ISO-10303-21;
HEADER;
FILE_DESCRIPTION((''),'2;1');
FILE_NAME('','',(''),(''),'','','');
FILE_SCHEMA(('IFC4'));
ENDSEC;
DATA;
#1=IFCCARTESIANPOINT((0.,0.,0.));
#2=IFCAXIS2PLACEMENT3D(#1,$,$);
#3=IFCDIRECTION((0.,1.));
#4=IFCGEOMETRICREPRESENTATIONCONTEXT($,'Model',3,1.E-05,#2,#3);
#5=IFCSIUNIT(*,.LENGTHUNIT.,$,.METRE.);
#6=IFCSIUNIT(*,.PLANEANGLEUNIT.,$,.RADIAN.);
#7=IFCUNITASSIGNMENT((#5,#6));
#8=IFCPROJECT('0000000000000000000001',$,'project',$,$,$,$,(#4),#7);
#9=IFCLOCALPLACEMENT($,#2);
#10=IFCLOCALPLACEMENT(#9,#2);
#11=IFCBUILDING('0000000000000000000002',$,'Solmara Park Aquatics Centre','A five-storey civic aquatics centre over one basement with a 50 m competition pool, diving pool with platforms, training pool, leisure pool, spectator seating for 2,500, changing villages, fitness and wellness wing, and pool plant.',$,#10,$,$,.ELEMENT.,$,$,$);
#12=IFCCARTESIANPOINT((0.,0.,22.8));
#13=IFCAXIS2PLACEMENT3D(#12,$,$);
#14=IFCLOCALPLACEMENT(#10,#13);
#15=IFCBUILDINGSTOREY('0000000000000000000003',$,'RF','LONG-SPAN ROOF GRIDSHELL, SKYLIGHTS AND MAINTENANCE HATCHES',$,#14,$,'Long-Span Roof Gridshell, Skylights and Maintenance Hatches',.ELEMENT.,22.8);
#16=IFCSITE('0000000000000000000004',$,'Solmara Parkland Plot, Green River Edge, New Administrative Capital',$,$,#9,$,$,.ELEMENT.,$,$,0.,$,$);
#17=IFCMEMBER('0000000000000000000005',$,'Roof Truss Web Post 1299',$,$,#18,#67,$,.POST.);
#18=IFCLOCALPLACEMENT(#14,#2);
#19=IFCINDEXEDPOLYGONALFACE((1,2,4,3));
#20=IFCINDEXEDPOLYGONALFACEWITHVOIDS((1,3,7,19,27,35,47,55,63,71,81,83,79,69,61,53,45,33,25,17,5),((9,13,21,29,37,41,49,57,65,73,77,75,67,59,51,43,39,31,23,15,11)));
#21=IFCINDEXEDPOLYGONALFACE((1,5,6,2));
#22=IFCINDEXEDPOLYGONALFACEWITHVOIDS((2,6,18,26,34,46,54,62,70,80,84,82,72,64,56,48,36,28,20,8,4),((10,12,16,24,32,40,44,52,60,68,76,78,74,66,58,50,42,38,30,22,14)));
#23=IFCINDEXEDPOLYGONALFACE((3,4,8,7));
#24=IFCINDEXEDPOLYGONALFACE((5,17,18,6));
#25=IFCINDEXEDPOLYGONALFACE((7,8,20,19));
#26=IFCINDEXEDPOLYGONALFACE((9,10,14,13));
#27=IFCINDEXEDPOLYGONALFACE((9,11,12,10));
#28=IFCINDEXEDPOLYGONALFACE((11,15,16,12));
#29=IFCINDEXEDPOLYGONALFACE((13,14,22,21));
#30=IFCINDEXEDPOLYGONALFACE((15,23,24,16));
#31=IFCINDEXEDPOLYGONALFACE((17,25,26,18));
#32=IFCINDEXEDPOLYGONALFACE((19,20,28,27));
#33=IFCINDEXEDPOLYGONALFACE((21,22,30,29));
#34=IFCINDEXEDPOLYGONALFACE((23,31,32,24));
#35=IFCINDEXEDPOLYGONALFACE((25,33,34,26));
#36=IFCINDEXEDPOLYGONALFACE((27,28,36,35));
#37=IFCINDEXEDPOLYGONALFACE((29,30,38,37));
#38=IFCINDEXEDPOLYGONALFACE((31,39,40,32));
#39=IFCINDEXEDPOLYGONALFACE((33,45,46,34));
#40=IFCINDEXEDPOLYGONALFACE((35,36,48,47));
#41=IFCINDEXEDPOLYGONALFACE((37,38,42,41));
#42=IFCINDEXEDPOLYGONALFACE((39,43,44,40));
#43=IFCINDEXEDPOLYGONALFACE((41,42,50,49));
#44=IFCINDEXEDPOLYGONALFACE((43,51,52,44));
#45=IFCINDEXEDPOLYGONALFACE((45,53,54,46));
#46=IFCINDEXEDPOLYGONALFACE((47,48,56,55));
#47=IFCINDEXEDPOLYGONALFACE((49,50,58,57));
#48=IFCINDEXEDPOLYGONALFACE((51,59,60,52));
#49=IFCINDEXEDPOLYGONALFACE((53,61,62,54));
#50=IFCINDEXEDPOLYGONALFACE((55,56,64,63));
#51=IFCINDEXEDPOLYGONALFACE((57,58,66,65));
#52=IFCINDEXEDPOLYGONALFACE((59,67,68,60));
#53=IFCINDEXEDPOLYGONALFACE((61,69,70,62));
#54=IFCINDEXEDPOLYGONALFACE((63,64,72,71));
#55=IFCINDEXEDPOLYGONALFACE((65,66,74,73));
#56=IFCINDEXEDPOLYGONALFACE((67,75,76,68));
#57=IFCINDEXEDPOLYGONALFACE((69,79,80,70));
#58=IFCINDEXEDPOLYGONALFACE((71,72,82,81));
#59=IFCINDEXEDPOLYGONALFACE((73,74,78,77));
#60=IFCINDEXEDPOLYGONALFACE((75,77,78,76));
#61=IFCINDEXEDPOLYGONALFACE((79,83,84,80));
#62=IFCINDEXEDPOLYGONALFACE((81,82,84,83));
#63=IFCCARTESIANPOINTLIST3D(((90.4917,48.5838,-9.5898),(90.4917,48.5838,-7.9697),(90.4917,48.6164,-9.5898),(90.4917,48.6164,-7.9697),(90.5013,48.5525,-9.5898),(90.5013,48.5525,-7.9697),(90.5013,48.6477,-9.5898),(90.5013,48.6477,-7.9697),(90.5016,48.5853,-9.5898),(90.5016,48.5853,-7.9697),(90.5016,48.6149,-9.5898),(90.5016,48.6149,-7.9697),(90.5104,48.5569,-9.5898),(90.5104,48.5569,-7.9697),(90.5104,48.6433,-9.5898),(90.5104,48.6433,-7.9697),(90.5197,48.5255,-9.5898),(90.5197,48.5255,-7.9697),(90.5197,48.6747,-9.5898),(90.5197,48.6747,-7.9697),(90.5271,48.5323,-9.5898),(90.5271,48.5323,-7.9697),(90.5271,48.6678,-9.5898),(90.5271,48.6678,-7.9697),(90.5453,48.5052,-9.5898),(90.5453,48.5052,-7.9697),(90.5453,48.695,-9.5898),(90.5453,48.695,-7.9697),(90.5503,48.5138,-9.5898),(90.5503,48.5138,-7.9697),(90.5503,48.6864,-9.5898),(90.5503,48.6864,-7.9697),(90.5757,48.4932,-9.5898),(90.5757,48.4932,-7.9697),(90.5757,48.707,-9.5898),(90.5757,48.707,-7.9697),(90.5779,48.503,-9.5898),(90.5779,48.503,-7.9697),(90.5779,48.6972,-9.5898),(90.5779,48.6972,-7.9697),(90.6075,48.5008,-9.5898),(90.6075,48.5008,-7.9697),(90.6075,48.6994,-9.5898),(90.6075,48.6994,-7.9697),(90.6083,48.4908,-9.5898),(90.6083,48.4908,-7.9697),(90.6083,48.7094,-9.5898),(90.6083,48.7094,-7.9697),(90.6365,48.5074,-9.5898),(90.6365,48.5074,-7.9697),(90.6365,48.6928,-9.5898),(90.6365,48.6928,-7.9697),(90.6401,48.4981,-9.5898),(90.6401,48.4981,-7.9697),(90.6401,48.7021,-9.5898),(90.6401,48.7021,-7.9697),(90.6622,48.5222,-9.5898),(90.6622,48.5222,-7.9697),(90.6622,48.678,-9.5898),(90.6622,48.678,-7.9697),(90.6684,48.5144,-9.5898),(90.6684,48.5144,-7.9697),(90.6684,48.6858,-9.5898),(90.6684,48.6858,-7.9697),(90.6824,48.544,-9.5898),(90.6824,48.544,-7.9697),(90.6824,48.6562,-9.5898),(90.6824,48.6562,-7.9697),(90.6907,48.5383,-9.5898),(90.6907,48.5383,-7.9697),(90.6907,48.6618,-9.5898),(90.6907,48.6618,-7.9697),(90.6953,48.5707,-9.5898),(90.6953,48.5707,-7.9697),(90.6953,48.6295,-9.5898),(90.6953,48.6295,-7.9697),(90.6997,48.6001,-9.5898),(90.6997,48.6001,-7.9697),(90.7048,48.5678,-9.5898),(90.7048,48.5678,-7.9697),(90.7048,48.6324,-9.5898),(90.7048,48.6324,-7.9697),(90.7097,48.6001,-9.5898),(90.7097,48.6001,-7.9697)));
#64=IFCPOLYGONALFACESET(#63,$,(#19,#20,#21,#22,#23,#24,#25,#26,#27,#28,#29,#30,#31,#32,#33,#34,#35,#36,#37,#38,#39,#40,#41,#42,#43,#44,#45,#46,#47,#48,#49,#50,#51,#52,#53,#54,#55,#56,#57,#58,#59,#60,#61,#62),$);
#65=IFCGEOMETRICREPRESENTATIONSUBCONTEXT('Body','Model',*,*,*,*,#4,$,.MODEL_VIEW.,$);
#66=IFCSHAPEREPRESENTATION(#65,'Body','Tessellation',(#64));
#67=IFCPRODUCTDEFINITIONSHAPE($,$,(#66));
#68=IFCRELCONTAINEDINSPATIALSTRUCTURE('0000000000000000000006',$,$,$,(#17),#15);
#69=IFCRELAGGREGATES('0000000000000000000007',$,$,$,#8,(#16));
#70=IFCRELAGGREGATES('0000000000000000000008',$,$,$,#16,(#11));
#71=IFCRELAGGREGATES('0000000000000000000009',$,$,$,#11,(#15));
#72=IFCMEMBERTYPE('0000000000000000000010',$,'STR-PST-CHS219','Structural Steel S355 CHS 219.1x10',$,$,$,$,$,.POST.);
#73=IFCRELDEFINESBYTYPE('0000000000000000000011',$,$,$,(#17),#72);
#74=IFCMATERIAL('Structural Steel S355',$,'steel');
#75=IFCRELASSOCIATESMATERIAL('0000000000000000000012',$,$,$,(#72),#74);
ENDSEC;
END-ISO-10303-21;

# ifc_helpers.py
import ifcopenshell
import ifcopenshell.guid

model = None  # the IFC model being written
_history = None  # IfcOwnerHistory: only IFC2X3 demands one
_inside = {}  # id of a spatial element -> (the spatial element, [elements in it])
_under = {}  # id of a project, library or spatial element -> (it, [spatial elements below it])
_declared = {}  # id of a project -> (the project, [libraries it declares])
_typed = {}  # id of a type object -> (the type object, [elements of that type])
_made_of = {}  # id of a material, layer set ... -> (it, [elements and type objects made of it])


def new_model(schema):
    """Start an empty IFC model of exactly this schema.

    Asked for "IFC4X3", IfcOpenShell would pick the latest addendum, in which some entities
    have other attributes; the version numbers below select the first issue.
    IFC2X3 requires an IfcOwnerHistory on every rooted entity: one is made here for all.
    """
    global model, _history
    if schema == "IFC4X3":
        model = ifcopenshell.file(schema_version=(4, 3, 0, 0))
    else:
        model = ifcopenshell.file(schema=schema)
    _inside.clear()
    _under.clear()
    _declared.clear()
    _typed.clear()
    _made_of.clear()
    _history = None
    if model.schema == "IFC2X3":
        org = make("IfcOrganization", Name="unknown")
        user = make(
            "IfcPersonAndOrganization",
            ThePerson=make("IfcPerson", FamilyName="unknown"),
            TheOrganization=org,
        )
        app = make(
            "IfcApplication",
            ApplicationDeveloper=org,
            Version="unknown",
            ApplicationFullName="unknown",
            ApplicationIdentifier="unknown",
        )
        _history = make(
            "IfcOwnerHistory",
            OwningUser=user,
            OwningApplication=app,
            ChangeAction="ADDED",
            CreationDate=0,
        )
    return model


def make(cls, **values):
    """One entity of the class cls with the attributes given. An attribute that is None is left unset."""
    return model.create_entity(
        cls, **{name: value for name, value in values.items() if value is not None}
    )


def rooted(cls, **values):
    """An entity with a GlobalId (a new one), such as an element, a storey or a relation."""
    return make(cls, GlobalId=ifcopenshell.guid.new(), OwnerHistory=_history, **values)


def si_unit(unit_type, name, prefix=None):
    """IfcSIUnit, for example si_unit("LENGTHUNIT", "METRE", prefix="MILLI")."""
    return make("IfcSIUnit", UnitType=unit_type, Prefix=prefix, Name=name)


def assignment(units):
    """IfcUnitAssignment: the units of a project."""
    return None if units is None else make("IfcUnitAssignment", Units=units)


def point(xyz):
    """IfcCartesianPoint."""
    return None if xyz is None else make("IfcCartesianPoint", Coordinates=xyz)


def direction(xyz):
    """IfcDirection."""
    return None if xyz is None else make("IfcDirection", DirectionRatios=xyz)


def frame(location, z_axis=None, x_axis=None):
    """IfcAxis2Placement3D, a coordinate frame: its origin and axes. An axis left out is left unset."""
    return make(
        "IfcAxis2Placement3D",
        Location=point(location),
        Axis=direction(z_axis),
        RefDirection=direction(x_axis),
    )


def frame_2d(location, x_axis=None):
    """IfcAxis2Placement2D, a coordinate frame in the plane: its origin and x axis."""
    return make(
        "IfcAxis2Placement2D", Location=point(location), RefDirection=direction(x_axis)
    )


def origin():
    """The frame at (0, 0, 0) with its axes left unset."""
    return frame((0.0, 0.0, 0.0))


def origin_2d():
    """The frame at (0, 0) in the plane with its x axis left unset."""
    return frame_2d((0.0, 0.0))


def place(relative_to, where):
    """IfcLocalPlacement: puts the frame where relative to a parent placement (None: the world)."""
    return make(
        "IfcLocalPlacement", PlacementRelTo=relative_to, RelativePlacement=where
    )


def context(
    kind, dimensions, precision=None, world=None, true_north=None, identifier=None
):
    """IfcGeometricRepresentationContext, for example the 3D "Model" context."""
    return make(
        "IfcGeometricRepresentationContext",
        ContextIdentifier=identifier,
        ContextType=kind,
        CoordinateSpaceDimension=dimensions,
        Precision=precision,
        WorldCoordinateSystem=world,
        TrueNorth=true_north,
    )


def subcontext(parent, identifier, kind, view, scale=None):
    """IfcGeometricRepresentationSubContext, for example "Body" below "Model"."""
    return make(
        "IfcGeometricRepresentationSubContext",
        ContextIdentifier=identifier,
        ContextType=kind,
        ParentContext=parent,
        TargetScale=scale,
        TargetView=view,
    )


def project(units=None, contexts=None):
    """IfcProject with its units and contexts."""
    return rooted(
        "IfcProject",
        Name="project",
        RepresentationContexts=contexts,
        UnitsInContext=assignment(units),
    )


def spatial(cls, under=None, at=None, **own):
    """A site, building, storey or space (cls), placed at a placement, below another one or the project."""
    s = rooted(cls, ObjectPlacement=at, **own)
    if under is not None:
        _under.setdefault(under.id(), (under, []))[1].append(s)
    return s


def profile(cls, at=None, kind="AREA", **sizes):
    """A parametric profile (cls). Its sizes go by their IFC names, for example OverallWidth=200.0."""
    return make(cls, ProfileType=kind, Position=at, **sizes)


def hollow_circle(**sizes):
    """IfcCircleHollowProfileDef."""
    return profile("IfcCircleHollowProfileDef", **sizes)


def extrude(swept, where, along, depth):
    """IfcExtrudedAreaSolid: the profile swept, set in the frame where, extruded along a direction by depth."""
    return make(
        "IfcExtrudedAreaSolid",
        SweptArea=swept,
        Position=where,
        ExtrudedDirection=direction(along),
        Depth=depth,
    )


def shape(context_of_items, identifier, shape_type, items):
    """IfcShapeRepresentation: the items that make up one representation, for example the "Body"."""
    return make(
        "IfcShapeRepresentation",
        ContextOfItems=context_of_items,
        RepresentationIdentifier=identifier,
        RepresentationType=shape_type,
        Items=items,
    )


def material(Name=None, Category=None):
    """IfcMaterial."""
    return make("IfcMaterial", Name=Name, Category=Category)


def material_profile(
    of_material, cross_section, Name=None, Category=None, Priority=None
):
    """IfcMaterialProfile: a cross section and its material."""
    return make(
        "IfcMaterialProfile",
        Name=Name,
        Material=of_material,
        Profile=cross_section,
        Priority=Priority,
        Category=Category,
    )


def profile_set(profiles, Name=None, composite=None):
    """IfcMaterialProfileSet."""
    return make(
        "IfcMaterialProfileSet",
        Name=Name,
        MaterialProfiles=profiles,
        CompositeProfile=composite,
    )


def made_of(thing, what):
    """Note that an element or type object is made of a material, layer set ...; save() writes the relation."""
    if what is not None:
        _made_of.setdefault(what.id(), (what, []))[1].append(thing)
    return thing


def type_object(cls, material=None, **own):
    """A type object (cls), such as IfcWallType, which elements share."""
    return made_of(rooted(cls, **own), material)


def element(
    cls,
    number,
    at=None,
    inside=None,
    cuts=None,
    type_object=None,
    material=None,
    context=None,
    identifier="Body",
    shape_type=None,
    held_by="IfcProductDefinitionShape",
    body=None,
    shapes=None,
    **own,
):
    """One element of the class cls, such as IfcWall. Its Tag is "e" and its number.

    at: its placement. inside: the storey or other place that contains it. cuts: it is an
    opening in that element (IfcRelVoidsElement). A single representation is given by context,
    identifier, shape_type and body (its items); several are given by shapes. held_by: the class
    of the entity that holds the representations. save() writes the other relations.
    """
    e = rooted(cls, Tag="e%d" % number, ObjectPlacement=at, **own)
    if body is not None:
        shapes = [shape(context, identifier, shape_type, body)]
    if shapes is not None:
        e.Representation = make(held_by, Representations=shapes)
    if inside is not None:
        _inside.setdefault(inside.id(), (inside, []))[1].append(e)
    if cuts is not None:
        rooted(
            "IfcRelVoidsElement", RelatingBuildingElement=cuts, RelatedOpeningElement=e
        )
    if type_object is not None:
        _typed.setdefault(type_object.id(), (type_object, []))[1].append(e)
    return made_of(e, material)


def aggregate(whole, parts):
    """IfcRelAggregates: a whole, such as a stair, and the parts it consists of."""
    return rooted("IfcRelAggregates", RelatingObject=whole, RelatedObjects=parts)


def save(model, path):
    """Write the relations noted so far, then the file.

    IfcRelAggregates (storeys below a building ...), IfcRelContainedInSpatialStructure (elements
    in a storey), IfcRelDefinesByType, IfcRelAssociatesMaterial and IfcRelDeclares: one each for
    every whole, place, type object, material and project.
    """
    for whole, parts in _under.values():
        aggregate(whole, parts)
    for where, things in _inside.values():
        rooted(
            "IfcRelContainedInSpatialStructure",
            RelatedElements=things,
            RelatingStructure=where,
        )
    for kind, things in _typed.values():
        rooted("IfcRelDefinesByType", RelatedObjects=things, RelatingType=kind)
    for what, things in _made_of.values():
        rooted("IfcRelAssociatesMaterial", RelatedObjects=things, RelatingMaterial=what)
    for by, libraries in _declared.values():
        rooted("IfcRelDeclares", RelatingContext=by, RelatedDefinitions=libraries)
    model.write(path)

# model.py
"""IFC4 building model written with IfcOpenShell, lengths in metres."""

from ifc_helpers import new_model, si_unit, direction, frame, origin, origin_2d, place, context, subcontext, project, spatial, hollow_circle, extrude, material, material_profile, profile_set, type_object, element, save


model = new_model("IFC4")

# Units and contexts
model_context = context("Model", 3, precision=1e-05, world=origin(), true_north=direction((0.0, 1.0)))
body_context = subcontext(model_context, "Body", "Model", "MODEL_VIEW")
ifc_project = project(units=[si_unit("LENGTHUNIT", "METRE"), si_unit("PLANEANGLEUNIT", "RADIAN")], contexts=[model_context])

# Site, building, storey
site_placement = place(None, origin())
site = spatial("IfcSite", under=ifc_project, at=site_placement, Name="Solmara Parkland Plot, Green River Edge, New Administrative Capital", CompositionType="ELEMENT", RefElevation=0.0)
building_placement = place(site_placement, origin())
building = spatial("IfcBuilding", under=site, at=building_placement, Name="Solmara Park Aquatics Centre", Description="A five-storey civic aquatics centre over one basement with a 50 m competition pool, diving pool with platforms, training pool, leisure pool, spectator seating for 2,500, changing villages, fitness and wellness wing, and pool plant.", CompositionType="ELEMENT")
storey_placement = place(building_placement, frame((0.0, 0.0, 22.8)))
storey = spatial("IfcBuildingStorey", under=building, at=storey_placement, Name="RF", Description="LONG-SPAN ROOF GRIDSHELL, SKYLIGHTS AND MAINTENANCE HATCHES", LongName="Long-Span Roof Gridshell, Skylights and Maintenance Hatches", CompositionType="ELEMENT", Elevation=22.8)

# Member
ifc_material_1 = material(Name="Structural Steel S355", Category="steel")
ifc_material_profile_1 = material_profile(ifc_material_1, hollow_circle(Radius=0.1096, WallThickness=0.01, at=origin_2d()), Name="CHS 219.1x10")
ifc_profile_set_1 = profile_set([ifc_material_profile_1], Name="Structural Steel S355")
member_type_1 = type_object("IfcMemberType", Name="STR-PST-CHS219", Description="Structural Steel S355 CHS 219.1x10", PredefinedType="POST", material=ifc_profile_set_1)
for number, where, z_axis, x_axis, name in (
    (1, (90.6001, 48.6001, -9.5898), (0.0, 0.0, 1.0), (1.0, 0.0, 0.0), "Roof Truss Web Post 1299"),
):
    element("IfcMember", number, at=place(storey_placement, frame(where, z_axis=z_axis, x_axis=x_axis)), inside=storey, type_object=member_type_1, Name=name, PredefinedType="POST", context=body_context, shape_type="SweptSolid", body=[
        extrude(hollow_circle(Radius=0.1096, WallThickness=0.01, at=origin_2d()), origin(), (0.0, 0.0, 1.0), 1.6201),
    ])

save(model, "model.ifc")
